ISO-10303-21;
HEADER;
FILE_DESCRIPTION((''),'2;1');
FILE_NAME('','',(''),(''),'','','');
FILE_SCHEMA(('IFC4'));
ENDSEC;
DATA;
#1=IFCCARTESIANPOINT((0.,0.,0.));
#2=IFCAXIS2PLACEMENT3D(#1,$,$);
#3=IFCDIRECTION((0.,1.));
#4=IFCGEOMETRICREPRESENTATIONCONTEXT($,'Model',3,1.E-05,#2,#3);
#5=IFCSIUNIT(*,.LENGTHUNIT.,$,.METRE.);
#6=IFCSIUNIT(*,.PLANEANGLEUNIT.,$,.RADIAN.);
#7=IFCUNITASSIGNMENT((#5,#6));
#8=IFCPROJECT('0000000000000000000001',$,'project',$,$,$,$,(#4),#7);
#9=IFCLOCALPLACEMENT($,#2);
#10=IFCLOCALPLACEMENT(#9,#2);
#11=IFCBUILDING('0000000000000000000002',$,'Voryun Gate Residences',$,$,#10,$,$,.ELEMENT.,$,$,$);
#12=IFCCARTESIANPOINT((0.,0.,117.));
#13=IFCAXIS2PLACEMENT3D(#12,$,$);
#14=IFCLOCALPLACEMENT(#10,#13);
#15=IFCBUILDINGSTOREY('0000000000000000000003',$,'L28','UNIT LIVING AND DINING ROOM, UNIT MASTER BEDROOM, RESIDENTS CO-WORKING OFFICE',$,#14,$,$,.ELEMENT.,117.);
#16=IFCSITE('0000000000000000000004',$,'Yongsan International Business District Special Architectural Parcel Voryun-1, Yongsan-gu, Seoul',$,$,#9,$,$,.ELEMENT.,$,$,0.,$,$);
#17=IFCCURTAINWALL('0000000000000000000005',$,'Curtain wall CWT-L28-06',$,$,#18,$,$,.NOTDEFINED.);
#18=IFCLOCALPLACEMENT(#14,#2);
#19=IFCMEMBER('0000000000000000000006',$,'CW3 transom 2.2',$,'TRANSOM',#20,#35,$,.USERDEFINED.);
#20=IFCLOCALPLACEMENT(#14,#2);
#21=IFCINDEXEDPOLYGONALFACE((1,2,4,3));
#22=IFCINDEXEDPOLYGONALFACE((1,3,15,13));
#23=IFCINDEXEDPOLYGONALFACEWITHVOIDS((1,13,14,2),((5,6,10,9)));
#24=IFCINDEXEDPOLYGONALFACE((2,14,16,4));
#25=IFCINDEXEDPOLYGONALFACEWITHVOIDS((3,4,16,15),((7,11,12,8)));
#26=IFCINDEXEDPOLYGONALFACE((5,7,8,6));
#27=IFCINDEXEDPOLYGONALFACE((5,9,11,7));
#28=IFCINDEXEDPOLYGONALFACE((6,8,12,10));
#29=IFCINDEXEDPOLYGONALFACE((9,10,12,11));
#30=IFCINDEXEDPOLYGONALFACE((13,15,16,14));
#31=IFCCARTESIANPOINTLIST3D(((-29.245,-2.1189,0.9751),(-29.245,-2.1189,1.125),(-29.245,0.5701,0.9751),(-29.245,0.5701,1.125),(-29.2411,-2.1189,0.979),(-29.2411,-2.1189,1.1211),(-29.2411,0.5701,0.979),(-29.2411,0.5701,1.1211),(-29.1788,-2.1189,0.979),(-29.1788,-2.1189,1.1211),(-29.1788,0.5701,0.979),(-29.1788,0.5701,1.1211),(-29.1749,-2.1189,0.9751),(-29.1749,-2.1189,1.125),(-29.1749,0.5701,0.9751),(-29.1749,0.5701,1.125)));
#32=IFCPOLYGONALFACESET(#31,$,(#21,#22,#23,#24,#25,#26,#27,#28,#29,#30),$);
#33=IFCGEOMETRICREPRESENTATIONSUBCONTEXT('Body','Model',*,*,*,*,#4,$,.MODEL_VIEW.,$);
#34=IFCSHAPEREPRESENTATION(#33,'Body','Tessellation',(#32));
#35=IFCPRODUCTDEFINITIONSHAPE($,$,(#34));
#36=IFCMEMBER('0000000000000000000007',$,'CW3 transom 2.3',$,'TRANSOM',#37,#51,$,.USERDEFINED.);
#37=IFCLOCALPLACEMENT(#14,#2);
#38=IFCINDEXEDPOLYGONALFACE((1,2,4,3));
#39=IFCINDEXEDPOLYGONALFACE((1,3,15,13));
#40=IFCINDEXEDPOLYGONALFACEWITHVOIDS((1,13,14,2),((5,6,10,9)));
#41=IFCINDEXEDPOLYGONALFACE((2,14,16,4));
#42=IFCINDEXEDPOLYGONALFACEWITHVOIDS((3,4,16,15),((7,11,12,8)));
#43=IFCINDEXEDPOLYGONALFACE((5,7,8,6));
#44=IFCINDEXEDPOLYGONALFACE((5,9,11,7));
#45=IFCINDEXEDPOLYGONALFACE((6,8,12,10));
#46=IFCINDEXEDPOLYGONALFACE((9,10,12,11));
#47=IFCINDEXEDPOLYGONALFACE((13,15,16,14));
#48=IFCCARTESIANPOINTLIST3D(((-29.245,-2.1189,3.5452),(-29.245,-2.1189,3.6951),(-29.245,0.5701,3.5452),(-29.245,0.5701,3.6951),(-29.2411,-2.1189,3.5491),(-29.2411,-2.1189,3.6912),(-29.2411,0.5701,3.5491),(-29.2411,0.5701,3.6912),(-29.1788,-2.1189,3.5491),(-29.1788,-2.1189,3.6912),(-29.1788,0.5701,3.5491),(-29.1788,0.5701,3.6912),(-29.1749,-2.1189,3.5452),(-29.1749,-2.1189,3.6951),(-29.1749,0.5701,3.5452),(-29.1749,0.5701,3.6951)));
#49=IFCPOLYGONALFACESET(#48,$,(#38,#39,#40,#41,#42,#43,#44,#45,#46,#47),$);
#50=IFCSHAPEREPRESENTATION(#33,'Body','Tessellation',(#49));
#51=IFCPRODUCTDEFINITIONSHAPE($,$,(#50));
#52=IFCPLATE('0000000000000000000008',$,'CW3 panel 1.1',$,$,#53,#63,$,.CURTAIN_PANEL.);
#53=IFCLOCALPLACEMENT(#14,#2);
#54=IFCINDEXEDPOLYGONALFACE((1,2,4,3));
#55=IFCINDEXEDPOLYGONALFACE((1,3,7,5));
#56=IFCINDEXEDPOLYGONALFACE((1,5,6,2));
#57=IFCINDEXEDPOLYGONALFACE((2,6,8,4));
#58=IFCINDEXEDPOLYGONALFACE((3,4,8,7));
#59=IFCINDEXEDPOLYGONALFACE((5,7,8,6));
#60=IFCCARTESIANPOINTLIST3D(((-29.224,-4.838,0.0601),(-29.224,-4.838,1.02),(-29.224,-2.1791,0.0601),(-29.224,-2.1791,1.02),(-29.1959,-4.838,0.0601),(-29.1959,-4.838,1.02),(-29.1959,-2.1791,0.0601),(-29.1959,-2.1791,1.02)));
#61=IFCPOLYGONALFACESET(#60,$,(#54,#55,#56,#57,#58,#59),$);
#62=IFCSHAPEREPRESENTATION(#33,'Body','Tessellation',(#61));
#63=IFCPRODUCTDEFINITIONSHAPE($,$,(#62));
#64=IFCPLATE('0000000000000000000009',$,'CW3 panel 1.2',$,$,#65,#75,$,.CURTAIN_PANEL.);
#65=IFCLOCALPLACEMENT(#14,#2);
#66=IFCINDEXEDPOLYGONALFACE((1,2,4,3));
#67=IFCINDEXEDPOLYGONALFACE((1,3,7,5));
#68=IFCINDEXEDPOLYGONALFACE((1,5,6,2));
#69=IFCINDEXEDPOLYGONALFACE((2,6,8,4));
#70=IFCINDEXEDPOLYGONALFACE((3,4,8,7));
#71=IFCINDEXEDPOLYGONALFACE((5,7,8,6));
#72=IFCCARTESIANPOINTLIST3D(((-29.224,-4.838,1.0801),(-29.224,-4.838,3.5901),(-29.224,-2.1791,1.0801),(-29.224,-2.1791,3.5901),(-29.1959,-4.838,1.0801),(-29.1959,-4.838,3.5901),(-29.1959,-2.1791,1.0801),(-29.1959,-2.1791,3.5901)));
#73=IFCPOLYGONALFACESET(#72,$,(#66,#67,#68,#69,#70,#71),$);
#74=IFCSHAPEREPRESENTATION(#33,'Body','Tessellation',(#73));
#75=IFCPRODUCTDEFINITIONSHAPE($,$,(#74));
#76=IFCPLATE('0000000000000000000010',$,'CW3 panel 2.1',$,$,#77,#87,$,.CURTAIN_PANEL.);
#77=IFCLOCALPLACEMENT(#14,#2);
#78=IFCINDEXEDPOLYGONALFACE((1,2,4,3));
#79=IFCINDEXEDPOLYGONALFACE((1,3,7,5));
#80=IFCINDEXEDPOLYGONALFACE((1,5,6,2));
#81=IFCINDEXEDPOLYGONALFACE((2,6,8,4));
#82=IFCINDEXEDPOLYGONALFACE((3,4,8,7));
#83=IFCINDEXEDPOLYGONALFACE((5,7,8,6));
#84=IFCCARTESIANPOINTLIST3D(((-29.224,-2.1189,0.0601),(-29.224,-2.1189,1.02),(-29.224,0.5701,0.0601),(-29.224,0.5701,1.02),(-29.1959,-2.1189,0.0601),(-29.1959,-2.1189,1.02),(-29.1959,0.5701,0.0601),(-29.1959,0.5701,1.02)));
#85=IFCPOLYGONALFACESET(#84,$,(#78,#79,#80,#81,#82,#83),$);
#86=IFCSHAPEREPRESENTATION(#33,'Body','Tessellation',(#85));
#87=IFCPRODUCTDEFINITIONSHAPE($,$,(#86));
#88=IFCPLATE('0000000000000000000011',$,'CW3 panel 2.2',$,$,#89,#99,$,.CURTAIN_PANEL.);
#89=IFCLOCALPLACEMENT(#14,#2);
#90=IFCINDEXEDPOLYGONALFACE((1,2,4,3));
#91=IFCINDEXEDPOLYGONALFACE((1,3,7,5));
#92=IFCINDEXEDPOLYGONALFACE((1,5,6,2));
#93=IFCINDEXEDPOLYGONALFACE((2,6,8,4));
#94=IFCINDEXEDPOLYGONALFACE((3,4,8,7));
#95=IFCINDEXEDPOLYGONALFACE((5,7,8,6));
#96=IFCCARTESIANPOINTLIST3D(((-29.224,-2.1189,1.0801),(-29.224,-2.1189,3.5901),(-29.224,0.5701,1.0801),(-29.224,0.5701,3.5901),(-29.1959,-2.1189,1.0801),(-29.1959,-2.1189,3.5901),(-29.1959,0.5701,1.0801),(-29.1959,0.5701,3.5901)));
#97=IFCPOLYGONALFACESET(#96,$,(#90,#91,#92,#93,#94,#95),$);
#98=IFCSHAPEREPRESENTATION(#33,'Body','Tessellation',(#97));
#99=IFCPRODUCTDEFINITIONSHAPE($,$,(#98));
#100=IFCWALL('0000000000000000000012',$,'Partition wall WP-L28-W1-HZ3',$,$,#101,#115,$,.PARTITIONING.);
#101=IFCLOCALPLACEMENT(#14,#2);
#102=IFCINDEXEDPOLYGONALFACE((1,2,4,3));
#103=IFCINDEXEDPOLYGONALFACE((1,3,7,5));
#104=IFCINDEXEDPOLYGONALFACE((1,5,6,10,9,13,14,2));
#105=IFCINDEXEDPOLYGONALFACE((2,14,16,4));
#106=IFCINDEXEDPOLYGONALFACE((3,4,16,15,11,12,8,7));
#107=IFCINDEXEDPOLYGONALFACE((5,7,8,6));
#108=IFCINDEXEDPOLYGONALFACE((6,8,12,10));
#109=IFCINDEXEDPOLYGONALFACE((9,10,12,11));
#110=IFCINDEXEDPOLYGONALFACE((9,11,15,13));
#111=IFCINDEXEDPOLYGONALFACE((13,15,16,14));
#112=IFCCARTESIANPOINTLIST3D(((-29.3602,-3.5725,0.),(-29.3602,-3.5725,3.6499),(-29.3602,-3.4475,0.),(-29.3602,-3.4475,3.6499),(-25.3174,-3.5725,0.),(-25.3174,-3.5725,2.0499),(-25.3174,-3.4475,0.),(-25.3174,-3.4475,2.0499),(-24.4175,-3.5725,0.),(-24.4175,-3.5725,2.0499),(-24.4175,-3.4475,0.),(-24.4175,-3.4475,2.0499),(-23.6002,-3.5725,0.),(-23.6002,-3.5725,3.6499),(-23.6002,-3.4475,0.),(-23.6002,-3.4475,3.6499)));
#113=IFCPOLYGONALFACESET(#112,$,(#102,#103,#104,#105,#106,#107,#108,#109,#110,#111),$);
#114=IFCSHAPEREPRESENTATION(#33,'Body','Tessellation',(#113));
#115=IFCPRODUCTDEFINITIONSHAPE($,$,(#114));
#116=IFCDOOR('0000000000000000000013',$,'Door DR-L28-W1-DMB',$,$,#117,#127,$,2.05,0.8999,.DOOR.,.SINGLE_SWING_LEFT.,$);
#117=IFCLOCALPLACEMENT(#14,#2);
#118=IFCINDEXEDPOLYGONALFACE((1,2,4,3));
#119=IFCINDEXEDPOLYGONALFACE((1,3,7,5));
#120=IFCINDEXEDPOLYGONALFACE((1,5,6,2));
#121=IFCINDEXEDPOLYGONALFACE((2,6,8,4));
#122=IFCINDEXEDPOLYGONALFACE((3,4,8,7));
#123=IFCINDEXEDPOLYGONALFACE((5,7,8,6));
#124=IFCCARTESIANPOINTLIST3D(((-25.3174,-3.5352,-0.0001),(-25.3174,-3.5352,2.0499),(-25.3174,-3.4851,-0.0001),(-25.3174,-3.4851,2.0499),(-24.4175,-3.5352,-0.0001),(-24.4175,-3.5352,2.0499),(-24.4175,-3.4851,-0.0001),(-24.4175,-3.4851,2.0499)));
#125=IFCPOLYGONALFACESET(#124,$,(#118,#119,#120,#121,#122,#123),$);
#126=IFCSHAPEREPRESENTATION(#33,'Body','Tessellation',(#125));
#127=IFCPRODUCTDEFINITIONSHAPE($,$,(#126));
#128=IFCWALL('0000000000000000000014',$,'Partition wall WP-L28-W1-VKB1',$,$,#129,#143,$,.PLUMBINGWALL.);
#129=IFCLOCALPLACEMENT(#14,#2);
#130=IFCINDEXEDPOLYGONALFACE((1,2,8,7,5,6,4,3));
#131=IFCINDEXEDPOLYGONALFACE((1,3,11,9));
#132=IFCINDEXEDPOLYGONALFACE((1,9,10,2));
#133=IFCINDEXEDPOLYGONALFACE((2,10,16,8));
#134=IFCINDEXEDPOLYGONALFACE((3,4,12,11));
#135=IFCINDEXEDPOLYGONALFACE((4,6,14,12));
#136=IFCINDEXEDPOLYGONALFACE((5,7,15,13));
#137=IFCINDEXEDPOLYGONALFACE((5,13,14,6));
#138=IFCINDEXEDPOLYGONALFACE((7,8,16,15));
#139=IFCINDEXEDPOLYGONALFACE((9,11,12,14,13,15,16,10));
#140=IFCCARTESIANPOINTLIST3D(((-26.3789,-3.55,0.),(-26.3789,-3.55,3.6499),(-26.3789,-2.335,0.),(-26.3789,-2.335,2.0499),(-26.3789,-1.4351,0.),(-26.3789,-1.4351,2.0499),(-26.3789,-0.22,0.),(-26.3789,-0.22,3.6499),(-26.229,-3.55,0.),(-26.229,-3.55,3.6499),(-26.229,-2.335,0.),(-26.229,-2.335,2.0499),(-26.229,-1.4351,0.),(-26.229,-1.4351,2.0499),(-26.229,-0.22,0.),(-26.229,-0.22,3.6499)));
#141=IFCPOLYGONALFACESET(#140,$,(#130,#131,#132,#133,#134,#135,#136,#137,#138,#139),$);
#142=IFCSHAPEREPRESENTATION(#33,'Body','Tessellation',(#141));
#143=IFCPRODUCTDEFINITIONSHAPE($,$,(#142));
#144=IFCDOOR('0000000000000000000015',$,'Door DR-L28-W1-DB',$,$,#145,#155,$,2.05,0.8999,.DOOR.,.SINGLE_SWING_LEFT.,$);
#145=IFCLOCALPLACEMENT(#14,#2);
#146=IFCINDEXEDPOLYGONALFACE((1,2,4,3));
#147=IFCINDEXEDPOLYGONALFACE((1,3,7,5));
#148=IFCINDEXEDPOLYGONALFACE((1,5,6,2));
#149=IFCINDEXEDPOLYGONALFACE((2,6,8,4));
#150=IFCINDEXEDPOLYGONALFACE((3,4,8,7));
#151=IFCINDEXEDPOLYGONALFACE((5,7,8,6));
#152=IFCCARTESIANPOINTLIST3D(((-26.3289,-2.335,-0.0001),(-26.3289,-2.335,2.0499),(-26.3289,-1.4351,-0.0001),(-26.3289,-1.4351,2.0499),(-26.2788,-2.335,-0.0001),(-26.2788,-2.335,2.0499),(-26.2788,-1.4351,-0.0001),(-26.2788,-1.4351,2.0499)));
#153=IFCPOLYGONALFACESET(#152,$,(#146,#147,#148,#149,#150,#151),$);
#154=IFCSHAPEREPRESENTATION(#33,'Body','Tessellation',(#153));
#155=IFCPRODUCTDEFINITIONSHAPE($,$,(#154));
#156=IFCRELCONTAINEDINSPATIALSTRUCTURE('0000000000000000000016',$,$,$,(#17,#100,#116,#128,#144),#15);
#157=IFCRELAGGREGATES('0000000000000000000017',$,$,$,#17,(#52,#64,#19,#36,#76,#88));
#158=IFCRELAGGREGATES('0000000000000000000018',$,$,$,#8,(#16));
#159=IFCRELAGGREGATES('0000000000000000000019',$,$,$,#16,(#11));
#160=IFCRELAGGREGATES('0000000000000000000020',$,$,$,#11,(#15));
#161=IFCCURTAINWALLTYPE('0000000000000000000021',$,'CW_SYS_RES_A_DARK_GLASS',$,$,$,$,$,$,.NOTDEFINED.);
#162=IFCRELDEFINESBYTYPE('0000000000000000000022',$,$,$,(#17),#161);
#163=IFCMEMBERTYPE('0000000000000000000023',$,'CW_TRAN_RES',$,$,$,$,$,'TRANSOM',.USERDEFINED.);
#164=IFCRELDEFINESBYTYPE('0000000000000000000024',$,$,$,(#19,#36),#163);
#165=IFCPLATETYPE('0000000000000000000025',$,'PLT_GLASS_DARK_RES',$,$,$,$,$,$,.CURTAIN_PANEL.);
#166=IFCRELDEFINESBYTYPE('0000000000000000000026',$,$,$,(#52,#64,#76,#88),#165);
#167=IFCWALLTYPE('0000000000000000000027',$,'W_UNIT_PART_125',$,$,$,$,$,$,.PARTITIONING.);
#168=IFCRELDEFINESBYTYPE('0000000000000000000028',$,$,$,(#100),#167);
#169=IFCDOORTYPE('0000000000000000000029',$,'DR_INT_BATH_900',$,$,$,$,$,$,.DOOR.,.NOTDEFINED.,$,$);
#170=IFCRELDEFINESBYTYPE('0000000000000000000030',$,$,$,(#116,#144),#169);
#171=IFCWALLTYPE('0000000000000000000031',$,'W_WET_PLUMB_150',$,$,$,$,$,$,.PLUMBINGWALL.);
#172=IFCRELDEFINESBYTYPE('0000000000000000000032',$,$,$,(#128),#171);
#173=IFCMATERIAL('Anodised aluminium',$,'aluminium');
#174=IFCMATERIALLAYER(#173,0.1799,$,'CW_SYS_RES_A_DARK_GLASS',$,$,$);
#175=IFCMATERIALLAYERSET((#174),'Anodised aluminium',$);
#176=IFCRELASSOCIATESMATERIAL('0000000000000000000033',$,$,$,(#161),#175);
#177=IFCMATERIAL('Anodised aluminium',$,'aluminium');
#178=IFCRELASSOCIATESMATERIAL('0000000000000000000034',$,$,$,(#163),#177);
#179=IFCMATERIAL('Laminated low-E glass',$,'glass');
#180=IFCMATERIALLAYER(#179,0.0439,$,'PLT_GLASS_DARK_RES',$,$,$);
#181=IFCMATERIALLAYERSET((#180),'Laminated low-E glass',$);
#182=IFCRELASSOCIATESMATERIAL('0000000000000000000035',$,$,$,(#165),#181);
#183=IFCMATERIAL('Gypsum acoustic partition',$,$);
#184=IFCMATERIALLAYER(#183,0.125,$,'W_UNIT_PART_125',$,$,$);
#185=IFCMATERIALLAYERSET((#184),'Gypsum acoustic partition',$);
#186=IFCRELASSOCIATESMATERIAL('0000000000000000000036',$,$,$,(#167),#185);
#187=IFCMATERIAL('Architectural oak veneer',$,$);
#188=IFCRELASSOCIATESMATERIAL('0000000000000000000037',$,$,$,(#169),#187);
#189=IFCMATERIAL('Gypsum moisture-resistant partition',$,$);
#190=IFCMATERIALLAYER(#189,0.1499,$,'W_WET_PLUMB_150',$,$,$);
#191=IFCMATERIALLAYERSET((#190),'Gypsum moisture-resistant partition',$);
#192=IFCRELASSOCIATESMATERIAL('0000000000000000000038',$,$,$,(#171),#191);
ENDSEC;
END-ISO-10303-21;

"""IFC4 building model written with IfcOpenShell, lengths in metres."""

from ifc_helpers import new_model, si_unit, direction, frame, frame_2d, origin, origin_2d, place, context, subcontext, project, spatial, rectangle, hollow_rectangle, extrude, material, layer, layer_set, material_profile, profile_set, type_object, element, fill, aggregate, save


model = new_model("IFC4")

# Units and contexts
model_context = context("Model", 3, precision=1e-05, world=origin(), true_north=direction((0.0, 1.0)))
body_context = subcontext(model_context, "Body", "Model", "MODEL_VIEW")
ifc_project = project(units=[si_unit("LENGTHUNIT", "METRE"), si_unit("PLANEANGLEUNIT", "RADIAN")], contexts=[model_context])

# Site, building, storey
site_placement = place(None, origin())
site = spatial("IfcSite", under=ifc_project, at=site_placement, Name="Yongsan International Business District Special Architectural Parcel Voryun-1, Yongsan-gu, Seoul", CompositionType="ELEMENT", RefElevation=0.0)
building_placement = place(site_placement, origin())
building = spatial("IfcBuilding", under=site, at=building_placement, Name="Voryun Gate Residences", CompositionType="ELEMENT")
storey_placement = place(building_placement, frame((0.0, 0.0, 117.0)))
storey = spatial("IfcBuildingStorey", under=building, at=storey_placement, Name="L28", Description="UNIT LIVING AND DINING ROOM, UNIT MASTER BEDROOM, RESIDENTS CO-WORKING OFFICE", CompositionType="ELEMENT", Elevation=117.0)

# Curtain wall, members, plates
ifc_material_1 = material(Name="Anodised aluminium", Category="aluminium")
ifc_layer_1 = layer(ifc_material_1, 0.1799, Name="CW_SYS_RES_A_DARK_GLASS")
ifc_layer_set_1 = layer_set([ifc_layer_1], Name="Anodised aluminium")
curtain_wall_type = type_object("IfcCurtainWallType", Name="CW_SYS_RES_A_DARK_GLASS", PredefinedType="NOTDEFINED", material=ifc_layer_set_1)
curtain_wall_placement = place(storey_placement, origin())
curtain_wall = element("IfcCurtainWall", 1, at=curtain_wall_placement, inside=storey, type_object=curtain_wall_type, Name="Curtain wall CWT-L28-06", PredefinedType="NOTDEFINED")
ifc_material_2 = material(Name="Anodised aluminium", Category="aluminium")
ifc_material_profile_1 = material_profile(ifc_material_2, hollow_rectangle(XDim=0.0701, YDim=0.1499, WallThickness=0.0039, at=origin_2d()), Name="ALU-TRAN-150x70x4")
ifc_profile_set_1 = profile_set([ifc_material_profile_1], Name="Anodised aluminium")
member_type_1 = type_object("IfcMemberType", Name="CW_TRAN_RES", ElementType="TRANSOM", PredefinedType="USERDEFINED", material=ifc_profile_set_1)
member_1_placement = place(storey_placement, frame((-29.21, -2.1189, 1.05), z_axis=(0.0, 1.0, 0.0), x_axis=(-1.0, 0.0, 0.0)))
member_1 = element("IfcMember", 2, at=member_1_placement, type_object=member_type_1, Name="CW3 transom 2.2", ObjectType="TRANSOM", PredefinedType="USERDEFINED", context=body_context, shape_type="SweptSolid", body=[
    extrude(hollow_rectangle(XDim=0.0701, YDim=0.1499, WallThickness=0.0039, at=origin_2d()), origin(), (0.0, 0.0, 1.0), 2.689),
])
member_2_placement = place(storey_placement, frame((-29.21, -2.1189, 3.6201), z_axis=(0.0, 1.0, 0.0), x_axis=(-1.0, 0.0, 0.0)))
member_2 = element("IfcMember", 3, at=member_2_placement, type_object=member_type_1, Name="CW3 transom 2.3", ObjectType="TRANSOM", PredefinedType="USERDEFINED", context=body_context, shape_type="SweptSolid", body=[
    extrude(hollow_rectangle(XDim=0.0701, YDim=0.1499, WallThickness=0.0039, at=origin_2d()), origin(), (0.0, 0.0, 1.0), 2.689),
])
ifc_material_3 = material(Name="Laminated low-E glass", Category="glass")
ifc_layer_2 = layer(ifc_material_3, 0.0439, Name="PLT_GLASS_DARK_RES")
ifc_layer_set_2 = layer_set([ifc_layer_2], Name="Laminated low-E glass")
plate_type = type_object("IfcPlateType", Name="PLT_GLASS_DARK_RES", PredefinedType="CURTAIN_PANEL", material=ifc_layer_set_2)
plate_1_placement = place(storey_placement, frame((-29.21, -3.5085, 0.0601), z_axis=(0.0, 0.0, 1.0), x_axis=(0.0, 1.0, 0.0)))
plate_1 = element("IfcPlate", 4, at=plate_1_placement, type_object=plate_type, Name="CW3 panel 1.1", PredefinedType="CURTAIN_PANEL", context=body_context, shape_type="SweptSolid", body=[
    extrude(rectangle(XDim=2.6589, YDim=0.0281, at=origin_2d()), origin(), (0.0, 0.0, 1.0), 0.96),
])
plate_2_placement = place(storey_placement, frame((-29.21, -3.5085, 1.0801), z_axis=(0.0, 0.0, 1.0), x_axis=(0.0, 1.0, 0.0)))
plate_2 = element("IfcPlate", 5, at=plate_2_placement, type_object=plate_type, Name="CW3 panel 1.2", PredefinedType="CURTAIN_PANEL", context=body_context, shape_type="SweptSolid", body=[
    extrude(rectangle(XDim=2.6589, YDim=0.0281, at=origin_2d()), origin(), (0.0, 0.0, 1.0), 2.51),
])
plate_3_placement = place(storey_placement, frame((-29.21, -0.7744, 0.0601), z_axis=(0.0, 0.0, 1.0), x_axis=(0.0, 1.0, 0.0)))
plate_3 = element("IfcPlate", 6, at=plate_3_placement, type_object=plate_type, Name="CW3 panel 2.1", PredefinedType="CURTAIN_PANEL", context=body_context, shape_type="SweptSolid", body=[
    extrude(rectangle(XDim=2.689, YDim=0.0281, at=origin_2d()), origin(), (0.0, 0.0, 1.0), 0.96),
])
plate_4_placement = place(storey_placement, frame((-29.21, -0.7744, 1.0801), z_axis=(0.0, 0.0, 1.0), x_axis=(0.0, 1.0, 0.0)))
plate_4 = element("IfcPlate", 7, at=plate_4_placement, type_object=plate_type, Name="CW3 panel 2.2", PredefinedType="CURTAIN_PANEL", context=body_context, shape_type="SweptSolid", body=[
    extrude(rectangle(XDim=2.689, YDim=0.0281, at=origin_2d()), origin(), (0.0, 0.0, 1.0), 2.51),
])
aggregate(curtain_wall, [plate_1, plate_2, member_1, member_2, plate_3, plate_4])

# Walls, openings, doors
ifc_material_4 = material(Name="Gypsum acoustic partition")
ifc_layer_3 = layer(ifc_material_4, 0.125, Name="W_UNIT_PART_125")
ifc_layer_set_3 = layer_set([ifc_layer_3], Name="Gypsum acoustic partition")
wall_type_1 = type_object("IfcWallType", Name="W_UNIT_PART_125", PredefinedType="PARTITIONING", material=ifc_layer_set_3)
wall_1_placement = place(storey_placement, frame((-29.3601, -3.51, 0.0), z_axis=(0.0, 0.0, 1.0), x_axis=(1.0, 0.0, 0.0)))
wall_1 = element("IfcWall", 8, at=wall_1_placement, inside=storey, type_object=wall_type_1, Name="Partition wall WP-L28-W1-HZ3", PredefinedType="PARTITIONING", context=body_context, shape_type="SweptSolid", body=[
    extrude(rectangle(XDim=5.76, YDim=0.125, at=frame_2d((2.8799, 0.0))), origin(), (0.0, 0.0, 1.0), 3.6499),
])
opening_1_placement = place(wall_1_placement, frame((4.0427, 0.0, 0.0)))
opening_1 = element("IfcOpeningElement", 9, at=opening_1_placement, cuts=wall_1, PredefinedType="OPENING", context=body_context, shape_type="SweptSolid", body=[
    extrude(rectangle(XDim=0.8999, YDim=2.05, at=frame_2d((0.45, 1.0249))), frame((0.0, 0.0725, 0.0), z_axis=(0.0, -1.0, 0.0), x_axis=(1.0, 0.0, 0.0)), (0.0, 0.0, 1.0), 0.145),
])
ifc_material_5 = material(Name="Architectural oak veneer")
door_type = type_object("IfcDoorType", Name="DR_INT_BATH_900", OperationType="NOTDEFINED", PredefinedType="DOOR", material=ifc_material_5)
door_1_placement = place(opening_1_placement, origin())
door_1 = element("IfcDoor", 10, at=door_1_placement, inside=storey, type_object=door_type, Name="Door DR-L28-W1-DMB", OperationType="SINGLE_SWING_LEFT", OverallHeight=2.05, OverallWidth=0.8999, PredefinedType="DOOR", context=body_context, shape_type="SweptSolid", body=[
    extrude(rectangle(XDim=0.8999, YDim=2.05, at=frame_2d((0.45, 1.0249))), frame((0.0, 0.0249, 0.0), z_axis=(0.0, -1.0, 0.0), x_axis=(1.0, 0.0, 0.0)), (0.0, 0.0, 1.0), 0.05),
])
fill(opening_1, door_1)
ifc_material_6 = material(Name="Gypsum moisture-resistant partition")
ifc_layer_4 = layer(ifc_material_6, 0.1499, Name="W_WET_PLUMB_150")
ifc_layer_set_4 = layer_set([ifc_layer_4], Name="Gypsum moisture-resistant partition")
wall_type_2 = type_object("IfcWallType", Name="W_WET_PLUMB_150", PredefinedType="PLUMBINGWALL", material=ifc_layer_set_4)
wall_2_placement = place(storey_placement, frame((-26.304, -3.55, 0.0), z_axis=(0.0, 0.0, 1.0), x_axis=(0.0, 1.0, 0.0)))
wall_2 = element("IfcWall", 11, at=wall_2_placement, inside=storey, type_object=wall_type_2, Name="Partition wall WP-L28-W1-VKB1", PredefinedType="PLUMBINGWALL", context=body_context, shape_type="SweptSolid", body=[
    extrude(rectangle(XDim=3.3301, YDim=0.1499, at=frame_2d((1.665, 0.0))), origin(), (0.0, 0.0, 1.0), 3.6499),
])
opening_2_placement = place(wall_2_placement, frame((1.2151, 0.0, 0.0)))
opening_2 = element("IfcOpeningElement", 12, at=opening_2_placement, cuts=wall_2, PredefinedType="OPENING", context=body_context, shape_type="SweptSolid", body=[
    extrude(rectangle(XDim=0.8999, YDim=2.05, at=frame_2d((0.45, 1.0249))), frame((0.0, 0.085, 0.0), z_axis=(0.0, -1.0, 0.0), x_axis=(1.0, 0.0, 0.0)), (0.0, 0.0, 1.0), 0.1699),
])
door_2_placement = place(opening_2_placement, origin())
door_2 = element("IfcDoor", 13, at=door_2_placement, inside=storey, type_object=door_type, Name="Door DR-L28-W1-DB", OperationType="SINGLE_SWING_LEFT", OverallHeight=2.05, OverallWidth=0.8999, PredefinedType="DOOR", context=body_context, shape_type="SweptSolid", body=[
    extrude(rectangle(XDim=0.8999, YDim=2.05, at=frame_2d((0.45, 1.0249))), frame((0.0, 0.0249, 0.0), z_axis=(0.0, -1.0, 0.0), x_axis=(1.0, 0.0, 0.0)), (0.0, 0.0, 1.0), 0.05),
])
fill(opening_2, door_2)

save(model, "model.ifc")
